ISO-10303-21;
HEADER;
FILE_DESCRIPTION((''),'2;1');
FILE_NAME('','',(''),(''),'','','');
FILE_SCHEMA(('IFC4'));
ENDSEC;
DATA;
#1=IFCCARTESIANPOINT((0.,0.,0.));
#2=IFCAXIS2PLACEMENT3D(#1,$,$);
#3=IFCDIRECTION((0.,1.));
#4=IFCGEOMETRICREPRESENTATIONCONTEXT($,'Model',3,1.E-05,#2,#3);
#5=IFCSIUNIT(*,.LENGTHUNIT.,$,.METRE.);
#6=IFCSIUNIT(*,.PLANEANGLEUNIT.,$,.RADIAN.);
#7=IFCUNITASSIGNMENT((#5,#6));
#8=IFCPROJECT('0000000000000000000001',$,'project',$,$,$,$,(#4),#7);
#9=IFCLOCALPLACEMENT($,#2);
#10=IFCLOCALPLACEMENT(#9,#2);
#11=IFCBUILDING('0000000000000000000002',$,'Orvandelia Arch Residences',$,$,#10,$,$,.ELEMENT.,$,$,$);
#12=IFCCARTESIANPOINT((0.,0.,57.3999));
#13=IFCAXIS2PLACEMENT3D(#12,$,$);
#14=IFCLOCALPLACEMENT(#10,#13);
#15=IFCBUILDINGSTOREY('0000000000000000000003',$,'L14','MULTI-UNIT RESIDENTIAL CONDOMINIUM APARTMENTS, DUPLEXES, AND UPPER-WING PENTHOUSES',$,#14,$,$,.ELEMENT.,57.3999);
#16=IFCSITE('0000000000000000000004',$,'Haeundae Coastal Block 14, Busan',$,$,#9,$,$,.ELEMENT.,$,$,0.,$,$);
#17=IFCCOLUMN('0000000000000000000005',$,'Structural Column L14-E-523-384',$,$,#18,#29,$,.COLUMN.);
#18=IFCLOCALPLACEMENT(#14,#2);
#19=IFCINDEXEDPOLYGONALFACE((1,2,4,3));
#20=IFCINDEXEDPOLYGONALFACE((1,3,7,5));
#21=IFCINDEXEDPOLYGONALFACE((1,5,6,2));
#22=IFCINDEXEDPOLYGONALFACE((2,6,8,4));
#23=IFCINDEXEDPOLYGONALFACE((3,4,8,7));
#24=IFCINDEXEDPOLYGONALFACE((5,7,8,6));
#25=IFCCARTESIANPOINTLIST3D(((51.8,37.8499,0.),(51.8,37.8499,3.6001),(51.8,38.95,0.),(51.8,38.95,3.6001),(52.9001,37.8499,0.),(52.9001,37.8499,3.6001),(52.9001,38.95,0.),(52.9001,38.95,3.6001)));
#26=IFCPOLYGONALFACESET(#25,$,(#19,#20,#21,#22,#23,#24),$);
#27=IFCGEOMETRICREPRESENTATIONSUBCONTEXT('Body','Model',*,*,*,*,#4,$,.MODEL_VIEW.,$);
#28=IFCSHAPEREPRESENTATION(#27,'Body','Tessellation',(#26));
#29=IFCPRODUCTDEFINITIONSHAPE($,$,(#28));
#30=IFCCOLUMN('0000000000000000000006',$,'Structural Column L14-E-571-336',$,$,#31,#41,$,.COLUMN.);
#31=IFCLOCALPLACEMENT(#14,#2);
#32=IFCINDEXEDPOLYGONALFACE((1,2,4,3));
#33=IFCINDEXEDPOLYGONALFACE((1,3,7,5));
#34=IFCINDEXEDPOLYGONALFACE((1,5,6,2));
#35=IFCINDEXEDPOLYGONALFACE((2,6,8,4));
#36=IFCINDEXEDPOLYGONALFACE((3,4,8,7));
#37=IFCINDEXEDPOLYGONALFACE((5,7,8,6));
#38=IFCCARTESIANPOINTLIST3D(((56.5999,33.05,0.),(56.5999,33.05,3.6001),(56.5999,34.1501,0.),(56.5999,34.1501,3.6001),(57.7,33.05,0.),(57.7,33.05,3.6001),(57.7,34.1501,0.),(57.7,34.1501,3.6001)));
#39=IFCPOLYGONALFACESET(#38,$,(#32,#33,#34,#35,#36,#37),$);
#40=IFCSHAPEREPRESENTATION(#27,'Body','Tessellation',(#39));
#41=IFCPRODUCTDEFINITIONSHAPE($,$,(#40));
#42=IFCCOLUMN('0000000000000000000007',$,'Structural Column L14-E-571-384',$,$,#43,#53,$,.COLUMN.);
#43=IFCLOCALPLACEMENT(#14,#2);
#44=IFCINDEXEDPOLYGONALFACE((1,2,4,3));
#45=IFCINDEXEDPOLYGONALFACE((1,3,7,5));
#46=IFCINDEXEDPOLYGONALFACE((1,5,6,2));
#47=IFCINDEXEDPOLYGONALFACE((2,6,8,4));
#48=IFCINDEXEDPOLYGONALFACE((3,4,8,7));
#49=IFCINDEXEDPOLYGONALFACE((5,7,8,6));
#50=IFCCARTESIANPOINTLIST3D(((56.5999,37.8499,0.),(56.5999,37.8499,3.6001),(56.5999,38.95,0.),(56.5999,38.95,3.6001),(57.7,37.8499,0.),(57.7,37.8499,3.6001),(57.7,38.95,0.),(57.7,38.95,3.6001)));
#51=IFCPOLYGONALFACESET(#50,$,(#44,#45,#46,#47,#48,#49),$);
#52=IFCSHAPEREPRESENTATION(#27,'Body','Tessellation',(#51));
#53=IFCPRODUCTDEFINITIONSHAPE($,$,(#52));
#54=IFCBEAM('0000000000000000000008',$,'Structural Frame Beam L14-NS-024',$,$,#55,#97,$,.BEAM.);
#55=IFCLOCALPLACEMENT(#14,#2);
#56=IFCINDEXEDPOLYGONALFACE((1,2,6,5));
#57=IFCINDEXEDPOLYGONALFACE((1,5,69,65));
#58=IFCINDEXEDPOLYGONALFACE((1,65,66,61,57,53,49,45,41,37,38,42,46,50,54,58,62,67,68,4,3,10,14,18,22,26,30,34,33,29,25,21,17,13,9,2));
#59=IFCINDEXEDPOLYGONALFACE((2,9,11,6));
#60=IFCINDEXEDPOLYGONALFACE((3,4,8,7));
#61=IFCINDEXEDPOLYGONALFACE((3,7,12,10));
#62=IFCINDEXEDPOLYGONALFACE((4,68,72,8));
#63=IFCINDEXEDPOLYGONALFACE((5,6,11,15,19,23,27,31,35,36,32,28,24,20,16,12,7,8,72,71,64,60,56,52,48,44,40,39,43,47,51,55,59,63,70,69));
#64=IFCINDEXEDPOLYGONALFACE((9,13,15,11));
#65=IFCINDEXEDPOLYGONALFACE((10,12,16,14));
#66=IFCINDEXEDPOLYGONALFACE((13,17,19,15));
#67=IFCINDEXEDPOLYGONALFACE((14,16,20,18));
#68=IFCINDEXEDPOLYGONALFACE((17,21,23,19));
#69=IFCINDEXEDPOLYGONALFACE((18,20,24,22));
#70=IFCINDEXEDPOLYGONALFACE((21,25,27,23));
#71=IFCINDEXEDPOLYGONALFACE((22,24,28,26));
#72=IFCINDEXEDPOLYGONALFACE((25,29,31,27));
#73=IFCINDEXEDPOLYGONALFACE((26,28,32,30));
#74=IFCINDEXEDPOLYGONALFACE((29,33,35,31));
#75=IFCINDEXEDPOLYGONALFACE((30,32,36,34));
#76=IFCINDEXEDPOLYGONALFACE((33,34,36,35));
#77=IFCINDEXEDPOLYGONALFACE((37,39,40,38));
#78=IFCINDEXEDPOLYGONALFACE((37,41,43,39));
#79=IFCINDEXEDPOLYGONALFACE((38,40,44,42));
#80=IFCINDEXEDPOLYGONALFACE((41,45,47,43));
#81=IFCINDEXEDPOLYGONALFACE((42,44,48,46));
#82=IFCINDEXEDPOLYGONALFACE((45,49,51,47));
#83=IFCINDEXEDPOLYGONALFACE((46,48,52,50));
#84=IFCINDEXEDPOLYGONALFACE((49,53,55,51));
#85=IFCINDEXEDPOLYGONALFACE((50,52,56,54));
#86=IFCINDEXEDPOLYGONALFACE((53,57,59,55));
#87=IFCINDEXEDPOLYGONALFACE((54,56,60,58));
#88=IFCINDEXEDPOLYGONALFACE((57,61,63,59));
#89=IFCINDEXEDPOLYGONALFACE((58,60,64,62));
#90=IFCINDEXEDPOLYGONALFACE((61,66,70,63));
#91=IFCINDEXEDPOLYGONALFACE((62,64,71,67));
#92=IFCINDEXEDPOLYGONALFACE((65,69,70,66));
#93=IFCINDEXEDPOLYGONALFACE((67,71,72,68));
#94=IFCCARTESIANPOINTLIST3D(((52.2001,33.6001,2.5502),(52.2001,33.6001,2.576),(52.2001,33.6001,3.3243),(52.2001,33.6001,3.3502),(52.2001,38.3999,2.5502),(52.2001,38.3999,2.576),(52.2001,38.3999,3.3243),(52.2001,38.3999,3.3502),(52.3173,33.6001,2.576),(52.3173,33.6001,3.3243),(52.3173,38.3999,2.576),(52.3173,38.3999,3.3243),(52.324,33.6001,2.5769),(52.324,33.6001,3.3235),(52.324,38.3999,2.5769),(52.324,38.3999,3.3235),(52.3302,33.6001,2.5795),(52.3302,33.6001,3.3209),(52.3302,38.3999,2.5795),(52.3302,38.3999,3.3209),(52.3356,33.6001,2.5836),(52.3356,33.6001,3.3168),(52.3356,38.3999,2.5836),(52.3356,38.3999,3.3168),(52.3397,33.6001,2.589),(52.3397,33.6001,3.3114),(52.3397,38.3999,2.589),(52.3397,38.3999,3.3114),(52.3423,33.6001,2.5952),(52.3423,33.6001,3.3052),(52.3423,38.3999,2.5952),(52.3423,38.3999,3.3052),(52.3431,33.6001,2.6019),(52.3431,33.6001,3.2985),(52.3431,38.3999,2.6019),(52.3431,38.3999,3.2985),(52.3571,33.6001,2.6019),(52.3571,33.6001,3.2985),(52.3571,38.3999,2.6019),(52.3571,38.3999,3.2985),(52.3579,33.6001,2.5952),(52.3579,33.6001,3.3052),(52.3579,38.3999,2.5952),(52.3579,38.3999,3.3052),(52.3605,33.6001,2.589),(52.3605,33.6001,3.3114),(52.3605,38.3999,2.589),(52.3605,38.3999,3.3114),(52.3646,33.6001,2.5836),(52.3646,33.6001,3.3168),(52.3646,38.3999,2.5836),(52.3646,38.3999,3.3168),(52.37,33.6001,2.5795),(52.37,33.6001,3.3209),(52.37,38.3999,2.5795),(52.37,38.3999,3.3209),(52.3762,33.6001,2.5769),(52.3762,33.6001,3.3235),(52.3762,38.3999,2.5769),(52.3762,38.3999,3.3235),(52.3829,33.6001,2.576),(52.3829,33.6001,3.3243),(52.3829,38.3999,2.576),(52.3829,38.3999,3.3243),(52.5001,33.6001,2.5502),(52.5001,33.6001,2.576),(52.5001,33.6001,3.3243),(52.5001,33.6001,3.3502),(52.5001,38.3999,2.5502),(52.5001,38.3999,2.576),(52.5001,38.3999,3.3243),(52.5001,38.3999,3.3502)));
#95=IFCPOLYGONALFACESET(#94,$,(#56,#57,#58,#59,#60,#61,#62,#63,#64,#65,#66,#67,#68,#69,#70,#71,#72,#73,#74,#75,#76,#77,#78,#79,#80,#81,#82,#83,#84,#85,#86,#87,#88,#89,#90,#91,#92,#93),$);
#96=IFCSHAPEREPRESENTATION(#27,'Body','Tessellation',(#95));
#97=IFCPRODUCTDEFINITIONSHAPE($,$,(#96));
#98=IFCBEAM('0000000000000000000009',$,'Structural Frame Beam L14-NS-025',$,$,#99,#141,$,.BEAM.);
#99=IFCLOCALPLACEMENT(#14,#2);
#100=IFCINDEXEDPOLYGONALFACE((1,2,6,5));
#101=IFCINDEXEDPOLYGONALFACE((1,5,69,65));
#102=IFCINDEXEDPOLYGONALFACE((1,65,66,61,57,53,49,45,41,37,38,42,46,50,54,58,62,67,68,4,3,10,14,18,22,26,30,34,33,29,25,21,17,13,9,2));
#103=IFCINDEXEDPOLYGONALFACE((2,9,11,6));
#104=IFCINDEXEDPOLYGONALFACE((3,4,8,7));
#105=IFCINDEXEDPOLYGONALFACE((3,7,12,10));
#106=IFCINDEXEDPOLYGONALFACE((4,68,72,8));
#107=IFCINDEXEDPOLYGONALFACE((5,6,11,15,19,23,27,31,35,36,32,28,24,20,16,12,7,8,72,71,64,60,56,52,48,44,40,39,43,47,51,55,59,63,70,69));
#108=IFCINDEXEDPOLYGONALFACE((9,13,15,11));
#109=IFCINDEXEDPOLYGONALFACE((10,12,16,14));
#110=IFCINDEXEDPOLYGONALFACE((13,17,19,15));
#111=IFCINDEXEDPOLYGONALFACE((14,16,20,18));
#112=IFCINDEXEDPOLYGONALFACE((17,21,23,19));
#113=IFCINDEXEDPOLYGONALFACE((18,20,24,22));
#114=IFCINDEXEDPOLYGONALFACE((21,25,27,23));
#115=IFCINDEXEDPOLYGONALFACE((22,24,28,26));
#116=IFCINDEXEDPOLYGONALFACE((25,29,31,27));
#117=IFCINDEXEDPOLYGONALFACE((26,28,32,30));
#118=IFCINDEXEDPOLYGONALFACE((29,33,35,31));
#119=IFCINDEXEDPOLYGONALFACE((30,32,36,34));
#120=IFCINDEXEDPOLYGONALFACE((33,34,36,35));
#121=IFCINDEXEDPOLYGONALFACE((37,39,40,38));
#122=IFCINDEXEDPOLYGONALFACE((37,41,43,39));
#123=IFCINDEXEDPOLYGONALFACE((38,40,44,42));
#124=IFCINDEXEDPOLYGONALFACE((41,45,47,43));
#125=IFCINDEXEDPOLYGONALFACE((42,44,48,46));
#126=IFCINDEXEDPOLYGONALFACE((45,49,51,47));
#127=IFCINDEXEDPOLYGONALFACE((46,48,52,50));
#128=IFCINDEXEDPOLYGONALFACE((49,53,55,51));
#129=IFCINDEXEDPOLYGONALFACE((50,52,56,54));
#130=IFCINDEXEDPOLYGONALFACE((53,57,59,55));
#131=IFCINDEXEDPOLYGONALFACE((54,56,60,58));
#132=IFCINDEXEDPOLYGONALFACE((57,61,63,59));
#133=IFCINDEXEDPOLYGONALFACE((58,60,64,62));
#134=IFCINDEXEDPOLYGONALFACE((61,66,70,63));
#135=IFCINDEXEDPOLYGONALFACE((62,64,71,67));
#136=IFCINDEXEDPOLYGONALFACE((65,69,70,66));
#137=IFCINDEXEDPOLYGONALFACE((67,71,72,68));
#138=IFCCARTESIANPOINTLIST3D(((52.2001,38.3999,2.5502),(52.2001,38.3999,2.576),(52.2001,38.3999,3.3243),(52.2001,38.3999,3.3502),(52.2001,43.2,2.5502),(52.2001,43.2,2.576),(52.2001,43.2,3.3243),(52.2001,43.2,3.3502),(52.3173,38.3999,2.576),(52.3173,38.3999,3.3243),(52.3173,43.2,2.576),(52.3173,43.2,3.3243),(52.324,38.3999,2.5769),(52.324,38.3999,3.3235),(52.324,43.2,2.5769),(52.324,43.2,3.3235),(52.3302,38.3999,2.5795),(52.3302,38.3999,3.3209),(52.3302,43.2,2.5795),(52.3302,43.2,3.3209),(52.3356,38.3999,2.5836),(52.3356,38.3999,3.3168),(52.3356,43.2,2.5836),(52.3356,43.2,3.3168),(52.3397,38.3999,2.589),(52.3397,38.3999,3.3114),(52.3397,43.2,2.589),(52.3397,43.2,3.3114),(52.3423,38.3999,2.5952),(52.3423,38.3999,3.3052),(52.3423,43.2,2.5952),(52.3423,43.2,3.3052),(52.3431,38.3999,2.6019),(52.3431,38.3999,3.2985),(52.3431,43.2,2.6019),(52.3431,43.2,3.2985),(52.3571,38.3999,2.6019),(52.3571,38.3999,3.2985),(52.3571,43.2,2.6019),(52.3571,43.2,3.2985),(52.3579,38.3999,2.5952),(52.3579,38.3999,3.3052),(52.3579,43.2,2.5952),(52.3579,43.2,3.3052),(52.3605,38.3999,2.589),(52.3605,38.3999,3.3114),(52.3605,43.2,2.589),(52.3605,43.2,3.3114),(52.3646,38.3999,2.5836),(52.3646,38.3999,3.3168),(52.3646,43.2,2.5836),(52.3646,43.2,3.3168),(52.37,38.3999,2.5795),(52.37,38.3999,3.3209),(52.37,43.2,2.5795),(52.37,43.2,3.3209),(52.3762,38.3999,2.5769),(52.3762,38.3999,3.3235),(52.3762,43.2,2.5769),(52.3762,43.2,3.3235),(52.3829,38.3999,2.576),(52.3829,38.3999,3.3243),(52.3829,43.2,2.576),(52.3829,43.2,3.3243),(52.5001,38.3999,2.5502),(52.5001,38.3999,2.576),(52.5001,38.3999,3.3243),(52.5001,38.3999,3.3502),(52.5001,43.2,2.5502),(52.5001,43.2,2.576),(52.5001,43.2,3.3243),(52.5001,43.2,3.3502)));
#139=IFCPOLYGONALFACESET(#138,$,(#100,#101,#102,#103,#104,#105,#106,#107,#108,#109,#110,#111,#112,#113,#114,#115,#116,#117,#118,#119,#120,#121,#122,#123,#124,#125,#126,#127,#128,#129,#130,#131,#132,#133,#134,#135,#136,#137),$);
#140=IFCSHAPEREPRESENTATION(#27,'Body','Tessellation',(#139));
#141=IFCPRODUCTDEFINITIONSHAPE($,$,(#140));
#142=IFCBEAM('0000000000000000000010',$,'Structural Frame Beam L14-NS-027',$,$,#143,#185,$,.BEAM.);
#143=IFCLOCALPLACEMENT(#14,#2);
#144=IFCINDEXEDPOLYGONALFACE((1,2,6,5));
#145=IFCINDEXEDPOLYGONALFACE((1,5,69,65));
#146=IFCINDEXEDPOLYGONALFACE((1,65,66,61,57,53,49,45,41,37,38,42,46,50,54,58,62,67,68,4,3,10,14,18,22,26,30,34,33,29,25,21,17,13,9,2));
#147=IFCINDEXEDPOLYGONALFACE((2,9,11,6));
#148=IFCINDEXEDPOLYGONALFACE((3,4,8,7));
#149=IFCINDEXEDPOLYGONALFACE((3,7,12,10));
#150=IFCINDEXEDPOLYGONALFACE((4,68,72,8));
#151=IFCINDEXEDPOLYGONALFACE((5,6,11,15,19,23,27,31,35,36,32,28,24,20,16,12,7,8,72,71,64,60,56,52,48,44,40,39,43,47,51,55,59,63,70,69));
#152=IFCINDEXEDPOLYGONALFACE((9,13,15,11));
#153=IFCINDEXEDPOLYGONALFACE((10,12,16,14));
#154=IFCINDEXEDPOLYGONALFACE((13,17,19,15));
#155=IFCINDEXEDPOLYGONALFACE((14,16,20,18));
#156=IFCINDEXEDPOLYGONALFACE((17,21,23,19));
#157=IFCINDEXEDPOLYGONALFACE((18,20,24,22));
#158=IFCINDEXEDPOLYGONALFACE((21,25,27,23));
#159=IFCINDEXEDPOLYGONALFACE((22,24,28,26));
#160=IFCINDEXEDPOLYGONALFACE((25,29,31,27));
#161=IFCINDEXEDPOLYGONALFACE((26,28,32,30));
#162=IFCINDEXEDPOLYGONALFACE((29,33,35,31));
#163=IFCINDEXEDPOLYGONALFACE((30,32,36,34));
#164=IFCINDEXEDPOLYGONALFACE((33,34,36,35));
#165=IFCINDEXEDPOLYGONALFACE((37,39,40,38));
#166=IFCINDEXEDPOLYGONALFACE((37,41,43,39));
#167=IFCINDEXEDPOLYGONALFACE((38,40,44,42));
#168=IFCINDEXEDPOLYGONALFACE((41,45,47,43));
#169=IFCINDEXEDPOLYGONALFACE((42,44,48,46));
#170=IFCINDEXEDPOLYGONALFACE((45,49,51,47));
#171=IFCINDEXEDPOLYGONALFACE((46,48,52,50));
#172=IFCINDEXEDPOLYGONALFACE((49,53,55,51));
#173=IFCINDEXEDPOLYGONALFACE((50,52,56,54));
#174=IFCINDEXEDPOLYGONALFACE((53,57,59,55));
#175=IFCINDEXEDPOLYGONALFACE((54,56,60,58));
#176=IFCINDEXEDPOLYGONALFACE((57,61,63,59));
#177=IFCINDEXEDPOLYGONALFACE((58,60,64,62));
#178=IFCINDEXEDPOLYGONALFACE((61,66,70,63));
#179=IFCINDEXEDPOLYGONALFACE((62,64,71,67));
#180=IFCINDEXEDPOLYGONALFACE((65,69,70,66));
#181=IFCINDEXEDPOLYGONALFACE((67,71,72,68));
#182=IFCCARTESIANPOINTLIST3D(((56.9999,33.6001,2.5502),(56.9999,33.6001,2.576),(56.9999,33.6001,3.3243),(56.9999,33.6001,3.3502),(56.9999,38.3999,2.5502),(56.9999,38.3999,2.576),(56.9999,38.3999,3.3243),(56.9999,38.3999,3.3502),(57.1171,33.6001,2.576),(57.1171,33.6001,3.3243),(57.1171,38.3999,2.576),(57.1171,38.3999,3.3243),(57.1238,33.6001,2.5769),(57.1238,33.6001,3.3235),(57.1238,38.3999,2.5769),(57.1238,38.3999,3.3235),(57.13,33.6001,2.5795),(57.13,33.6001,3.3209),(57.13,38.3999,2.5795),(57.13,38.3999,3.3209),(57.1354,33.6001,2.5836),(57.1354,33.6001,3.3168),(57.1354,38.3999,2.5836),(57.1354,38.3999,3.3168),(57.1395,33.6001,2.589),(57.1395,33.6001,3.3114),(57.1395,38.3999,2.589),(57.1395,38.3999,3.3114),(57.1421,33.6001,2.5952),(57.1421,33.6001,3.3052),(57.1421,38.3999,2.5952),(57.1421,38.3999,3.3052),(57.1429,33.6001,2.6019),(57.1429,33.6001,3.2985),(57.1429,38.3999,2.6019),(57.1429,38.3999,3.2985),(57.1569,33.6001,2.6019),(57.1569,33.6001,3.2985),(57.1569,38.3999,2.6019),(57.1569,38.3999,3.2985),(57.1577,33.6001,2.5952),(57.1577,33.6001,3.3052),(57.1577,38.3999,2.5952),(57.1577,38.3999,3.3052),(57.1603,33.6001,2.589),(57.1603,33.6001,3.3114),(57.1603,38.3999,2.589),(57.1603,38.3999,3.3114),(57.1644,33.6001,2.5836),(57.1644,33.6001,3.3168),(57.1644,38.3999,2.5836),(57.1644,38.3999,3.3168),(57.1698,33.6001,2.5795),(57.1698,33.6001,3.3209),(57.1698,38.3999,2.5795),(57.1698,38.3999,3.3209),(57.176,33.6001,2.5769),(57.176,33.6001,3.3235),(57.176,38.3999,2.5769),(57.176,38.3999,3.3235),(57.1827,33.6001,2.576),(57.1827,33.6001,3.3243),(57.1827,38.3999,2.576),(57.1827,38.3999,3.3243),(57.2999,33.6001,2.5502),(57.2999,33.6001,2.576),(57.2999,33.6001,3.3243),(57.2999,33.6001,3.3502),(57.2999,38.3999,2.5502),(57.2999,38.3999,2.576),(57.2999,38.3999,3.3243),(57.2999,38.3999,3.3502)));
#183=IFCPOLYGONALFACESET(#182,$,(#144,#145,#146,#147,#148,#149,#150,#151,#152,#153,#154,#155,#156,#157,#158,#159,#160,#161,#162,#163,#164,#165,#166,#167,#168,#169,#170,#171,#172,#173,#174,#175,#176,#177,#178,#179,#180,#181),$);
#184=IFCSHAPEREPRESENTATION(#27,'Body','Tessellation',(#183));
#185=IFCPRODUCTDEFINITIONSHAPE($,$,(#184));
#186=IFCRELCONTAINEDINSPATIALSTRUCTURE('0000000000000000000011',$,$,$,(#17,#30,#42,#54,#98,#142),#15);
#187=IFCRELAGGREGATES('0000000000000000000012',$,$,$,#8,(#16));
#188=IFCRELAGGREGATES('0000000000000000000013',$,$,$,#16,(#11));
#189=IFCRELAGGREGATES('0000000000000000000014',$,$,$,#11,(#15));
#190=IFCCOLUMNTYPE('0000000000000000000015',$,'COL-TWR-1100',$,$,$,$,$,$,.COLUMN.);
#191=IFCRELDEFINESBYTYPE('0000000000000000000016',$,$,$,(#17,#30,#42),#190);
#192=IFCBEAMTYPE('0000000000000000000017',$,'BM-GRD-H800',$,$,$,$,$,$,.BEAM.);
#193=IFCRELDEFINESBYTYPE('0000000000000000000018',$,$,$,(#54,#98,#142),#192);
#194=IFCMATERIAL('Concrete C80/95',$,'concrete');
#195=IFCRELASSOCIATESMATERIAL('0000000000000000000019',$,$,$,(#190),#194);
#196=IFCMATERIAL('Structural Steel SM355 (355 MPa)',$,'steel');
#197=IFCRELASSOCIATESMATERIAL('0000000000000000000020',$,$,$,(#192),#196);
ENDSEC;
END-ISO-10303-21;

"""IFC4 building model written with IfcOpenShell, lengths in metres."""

from ifc_helpers import new_model, si_unit, direction, frame, origin, origin_2d, place, context, subcontext, project, spatial, rectangle, i_section, extrude, material, material_profile, profile_set, type_object, element, save


model = new_model("IFC4")

# Units and contexts
model_context = context("Model", 3, precision=1e-05, world=origin(), true_north=direction((0.0, 1.0)))
body_context = subcontext(model_context, "Body", "Model", "MODEL_VIEW")
ifc_project = project(units=[si_unit("LENGTHUNIT", "METRE"), si_unit("PLANEANGLEUNIT", "RADIAN")], contexts=[model_context])

# Site, building, storey
site_placement = place(None, origin())
site = spatial("IfcSite", under=ifc_project, at=site_placement, Name="Haeundae Coastal Block 14, Busan", CompositionType="ELEMENT", RefElevation=0.0)
building_placement = place(site_placement, origin())
building = spatial("IfcBuilding", under=site, at=building_placement, Name="Orvandelia Arch Residences", CompositionType="ELEMENT")
storey_placement = place(building_placement, frame((0.0, 0.0, 57.3999)))
storey = spatial("IfcBuildingStorey", under=building, at=storey_placement, Name="L14", Description="MULTI-UNIT RESIDENTIAL CONDOMINIUM APARTMENTS, DUPLEXES, AND UPPER-WING PENTHOUSES", CompositionType="ELEMENT", Elevation=57.3999)

# Columns
ifc_material_1 = material(Name="Concrete C80/95", Category="concrete")
ifc_material_profile_1 = material_profile(ifc_material_1, rectangle(XDim=1.1001, YDim=1.1001, at=origin_2d()), Name="Concrete C80/95", Category="concrete")
ifc_profile_set_1 = profile_set([ifc_material_profile_1], Name="Concrete C80/95")
column_type = type_object("IfcColumnType", Name="COL-TWR-1100", PredefinedType="COLUMN", material=ifc_profile_set_1)
for number, where, z_axis, x_axis, name in (
    (1, (52.3501, 38.3999, 0.0), (0.0, 0.0, 1.0), (1.0, 0.0, 0.0), "Structural Column L14-E-523-384"),
    (2, (57.1499, 33.6001, 0.0), (0.0, 0.0, 1.0), (1.0, 0.0, 0.0), "Structural Column L14-E-571-336"),
    (3, (57.1499, 38.3999, 0.0), (0.0, 0.0, 1.0), (1.0, 0.0, 0.0), "Structural Column L14-E-571-384"),
):
    element("IfcColumn", number, at=place(storey_placement, frame(where, z_axis=z_axis, x_axis=x_axis)), inside=storey, type_object=column_type, Name=name, PredefinedType="COLUMN", context=body_context, shape_type="SweptSolid", body=[
        extrude(rectangle(XDim=1.1001, YDim=1.1001, at=origin_2d()), origin(), (0.0, 0.0, 1.0), 3.6001),
    ])

# Beams
ifc_material_2 = material(Name="Structural Steel SM355 (355 MPa)", Category="steel")
ifc_material_profile_2 = material_profile(ifc_material_2, i_section(OverallWidth=0.3, OverallDepth=0.8, WebThickness=0.0139, FlangeThickness=0.0259, FilletRadius=0.0259, at=origin_2d()), Name="Structural Steel SM355 (355 MPa)", Category="steel")
ifc_profile_set_2 = profile_set([ifc_material_profile_2], Name="Structural Steel SM355 (355 MPa)")
beam_type = type_object("IfcBeamType", Name="BM-GRD-H800", PredefinedType="BEAM", material=ifc_profile_set_2)
beam_1_placement = place(storey_placement, frame((52.3501, 33.6001, 2.9502), z_axis=(0.0, 1.0, 0.0), x_axis=(-1.0, 0.0, 0.0)))
element("IfcBeam", 4, at=beam_1_placement, inside=storey, type_object=beam_type, Name="Structural Frame Beam L14-NS-024", PredefinedType="BEAM", context=body_context, shape_type="SweptSolid", body=[
    extrude(i_section(OverallWidth=0.3, OverallDepth=0.8, WebThickness=0.0139, FlangeThickness=0.0259, FilletRadius=0.0259, at=origin_2d()), origin(), (0.0, 0.0, 1.0), 4.7998),
])
beam_2_placement = place(storey_placement, frame((52.3501, 38.3999, 2.9502), z_axis=(0.0, 1.0, 0.0), x_axis=(-1.0, 0.0, 0.0)))
element("IfcBeam", 5, at=beam_2_placement, inside=storey, type_object=beam_type, Name="Structural Frame Beam L14-NS-025", PredefinedType="BEAM", context=body_context, shape_type="SweptSolid", body=[
    extrude(i_section(OverallWidth=0.3, OverallDepth=0.8, WebThickness=0.0139, FlangeThickness=0.0259, FilletRadius=0.0259, at=origin_2d()), origin(), (0.0, 0.0, 1.0), 4.8),
])
beam_3_placement = place(storey_placement, frame((57.1499, 33.6001, 2.9502), z_axis=(0.0, 1.0, 0.0), x_axis=(-1.0, 0.0, 0.0)))
element("IfcBeam", 6, at=beam_3_placement, inside=storey, type_object=beam_type, Name="Structural Frame Beam L14-NS-027", PredefinedType="BEAM", context=body_context, shape_type="SweptSolid", body=[
    extrude(i_section(OverallWidth=0.3, OverallDepth=0.8, WebThickness=0.0139, FlangeThickness=0.0259, FilletRadius=0.0259, at=origin_2d()), origin(), (0.0, 0.0, 1.0), 4.7998),
])

save(model, "model.ifc")
